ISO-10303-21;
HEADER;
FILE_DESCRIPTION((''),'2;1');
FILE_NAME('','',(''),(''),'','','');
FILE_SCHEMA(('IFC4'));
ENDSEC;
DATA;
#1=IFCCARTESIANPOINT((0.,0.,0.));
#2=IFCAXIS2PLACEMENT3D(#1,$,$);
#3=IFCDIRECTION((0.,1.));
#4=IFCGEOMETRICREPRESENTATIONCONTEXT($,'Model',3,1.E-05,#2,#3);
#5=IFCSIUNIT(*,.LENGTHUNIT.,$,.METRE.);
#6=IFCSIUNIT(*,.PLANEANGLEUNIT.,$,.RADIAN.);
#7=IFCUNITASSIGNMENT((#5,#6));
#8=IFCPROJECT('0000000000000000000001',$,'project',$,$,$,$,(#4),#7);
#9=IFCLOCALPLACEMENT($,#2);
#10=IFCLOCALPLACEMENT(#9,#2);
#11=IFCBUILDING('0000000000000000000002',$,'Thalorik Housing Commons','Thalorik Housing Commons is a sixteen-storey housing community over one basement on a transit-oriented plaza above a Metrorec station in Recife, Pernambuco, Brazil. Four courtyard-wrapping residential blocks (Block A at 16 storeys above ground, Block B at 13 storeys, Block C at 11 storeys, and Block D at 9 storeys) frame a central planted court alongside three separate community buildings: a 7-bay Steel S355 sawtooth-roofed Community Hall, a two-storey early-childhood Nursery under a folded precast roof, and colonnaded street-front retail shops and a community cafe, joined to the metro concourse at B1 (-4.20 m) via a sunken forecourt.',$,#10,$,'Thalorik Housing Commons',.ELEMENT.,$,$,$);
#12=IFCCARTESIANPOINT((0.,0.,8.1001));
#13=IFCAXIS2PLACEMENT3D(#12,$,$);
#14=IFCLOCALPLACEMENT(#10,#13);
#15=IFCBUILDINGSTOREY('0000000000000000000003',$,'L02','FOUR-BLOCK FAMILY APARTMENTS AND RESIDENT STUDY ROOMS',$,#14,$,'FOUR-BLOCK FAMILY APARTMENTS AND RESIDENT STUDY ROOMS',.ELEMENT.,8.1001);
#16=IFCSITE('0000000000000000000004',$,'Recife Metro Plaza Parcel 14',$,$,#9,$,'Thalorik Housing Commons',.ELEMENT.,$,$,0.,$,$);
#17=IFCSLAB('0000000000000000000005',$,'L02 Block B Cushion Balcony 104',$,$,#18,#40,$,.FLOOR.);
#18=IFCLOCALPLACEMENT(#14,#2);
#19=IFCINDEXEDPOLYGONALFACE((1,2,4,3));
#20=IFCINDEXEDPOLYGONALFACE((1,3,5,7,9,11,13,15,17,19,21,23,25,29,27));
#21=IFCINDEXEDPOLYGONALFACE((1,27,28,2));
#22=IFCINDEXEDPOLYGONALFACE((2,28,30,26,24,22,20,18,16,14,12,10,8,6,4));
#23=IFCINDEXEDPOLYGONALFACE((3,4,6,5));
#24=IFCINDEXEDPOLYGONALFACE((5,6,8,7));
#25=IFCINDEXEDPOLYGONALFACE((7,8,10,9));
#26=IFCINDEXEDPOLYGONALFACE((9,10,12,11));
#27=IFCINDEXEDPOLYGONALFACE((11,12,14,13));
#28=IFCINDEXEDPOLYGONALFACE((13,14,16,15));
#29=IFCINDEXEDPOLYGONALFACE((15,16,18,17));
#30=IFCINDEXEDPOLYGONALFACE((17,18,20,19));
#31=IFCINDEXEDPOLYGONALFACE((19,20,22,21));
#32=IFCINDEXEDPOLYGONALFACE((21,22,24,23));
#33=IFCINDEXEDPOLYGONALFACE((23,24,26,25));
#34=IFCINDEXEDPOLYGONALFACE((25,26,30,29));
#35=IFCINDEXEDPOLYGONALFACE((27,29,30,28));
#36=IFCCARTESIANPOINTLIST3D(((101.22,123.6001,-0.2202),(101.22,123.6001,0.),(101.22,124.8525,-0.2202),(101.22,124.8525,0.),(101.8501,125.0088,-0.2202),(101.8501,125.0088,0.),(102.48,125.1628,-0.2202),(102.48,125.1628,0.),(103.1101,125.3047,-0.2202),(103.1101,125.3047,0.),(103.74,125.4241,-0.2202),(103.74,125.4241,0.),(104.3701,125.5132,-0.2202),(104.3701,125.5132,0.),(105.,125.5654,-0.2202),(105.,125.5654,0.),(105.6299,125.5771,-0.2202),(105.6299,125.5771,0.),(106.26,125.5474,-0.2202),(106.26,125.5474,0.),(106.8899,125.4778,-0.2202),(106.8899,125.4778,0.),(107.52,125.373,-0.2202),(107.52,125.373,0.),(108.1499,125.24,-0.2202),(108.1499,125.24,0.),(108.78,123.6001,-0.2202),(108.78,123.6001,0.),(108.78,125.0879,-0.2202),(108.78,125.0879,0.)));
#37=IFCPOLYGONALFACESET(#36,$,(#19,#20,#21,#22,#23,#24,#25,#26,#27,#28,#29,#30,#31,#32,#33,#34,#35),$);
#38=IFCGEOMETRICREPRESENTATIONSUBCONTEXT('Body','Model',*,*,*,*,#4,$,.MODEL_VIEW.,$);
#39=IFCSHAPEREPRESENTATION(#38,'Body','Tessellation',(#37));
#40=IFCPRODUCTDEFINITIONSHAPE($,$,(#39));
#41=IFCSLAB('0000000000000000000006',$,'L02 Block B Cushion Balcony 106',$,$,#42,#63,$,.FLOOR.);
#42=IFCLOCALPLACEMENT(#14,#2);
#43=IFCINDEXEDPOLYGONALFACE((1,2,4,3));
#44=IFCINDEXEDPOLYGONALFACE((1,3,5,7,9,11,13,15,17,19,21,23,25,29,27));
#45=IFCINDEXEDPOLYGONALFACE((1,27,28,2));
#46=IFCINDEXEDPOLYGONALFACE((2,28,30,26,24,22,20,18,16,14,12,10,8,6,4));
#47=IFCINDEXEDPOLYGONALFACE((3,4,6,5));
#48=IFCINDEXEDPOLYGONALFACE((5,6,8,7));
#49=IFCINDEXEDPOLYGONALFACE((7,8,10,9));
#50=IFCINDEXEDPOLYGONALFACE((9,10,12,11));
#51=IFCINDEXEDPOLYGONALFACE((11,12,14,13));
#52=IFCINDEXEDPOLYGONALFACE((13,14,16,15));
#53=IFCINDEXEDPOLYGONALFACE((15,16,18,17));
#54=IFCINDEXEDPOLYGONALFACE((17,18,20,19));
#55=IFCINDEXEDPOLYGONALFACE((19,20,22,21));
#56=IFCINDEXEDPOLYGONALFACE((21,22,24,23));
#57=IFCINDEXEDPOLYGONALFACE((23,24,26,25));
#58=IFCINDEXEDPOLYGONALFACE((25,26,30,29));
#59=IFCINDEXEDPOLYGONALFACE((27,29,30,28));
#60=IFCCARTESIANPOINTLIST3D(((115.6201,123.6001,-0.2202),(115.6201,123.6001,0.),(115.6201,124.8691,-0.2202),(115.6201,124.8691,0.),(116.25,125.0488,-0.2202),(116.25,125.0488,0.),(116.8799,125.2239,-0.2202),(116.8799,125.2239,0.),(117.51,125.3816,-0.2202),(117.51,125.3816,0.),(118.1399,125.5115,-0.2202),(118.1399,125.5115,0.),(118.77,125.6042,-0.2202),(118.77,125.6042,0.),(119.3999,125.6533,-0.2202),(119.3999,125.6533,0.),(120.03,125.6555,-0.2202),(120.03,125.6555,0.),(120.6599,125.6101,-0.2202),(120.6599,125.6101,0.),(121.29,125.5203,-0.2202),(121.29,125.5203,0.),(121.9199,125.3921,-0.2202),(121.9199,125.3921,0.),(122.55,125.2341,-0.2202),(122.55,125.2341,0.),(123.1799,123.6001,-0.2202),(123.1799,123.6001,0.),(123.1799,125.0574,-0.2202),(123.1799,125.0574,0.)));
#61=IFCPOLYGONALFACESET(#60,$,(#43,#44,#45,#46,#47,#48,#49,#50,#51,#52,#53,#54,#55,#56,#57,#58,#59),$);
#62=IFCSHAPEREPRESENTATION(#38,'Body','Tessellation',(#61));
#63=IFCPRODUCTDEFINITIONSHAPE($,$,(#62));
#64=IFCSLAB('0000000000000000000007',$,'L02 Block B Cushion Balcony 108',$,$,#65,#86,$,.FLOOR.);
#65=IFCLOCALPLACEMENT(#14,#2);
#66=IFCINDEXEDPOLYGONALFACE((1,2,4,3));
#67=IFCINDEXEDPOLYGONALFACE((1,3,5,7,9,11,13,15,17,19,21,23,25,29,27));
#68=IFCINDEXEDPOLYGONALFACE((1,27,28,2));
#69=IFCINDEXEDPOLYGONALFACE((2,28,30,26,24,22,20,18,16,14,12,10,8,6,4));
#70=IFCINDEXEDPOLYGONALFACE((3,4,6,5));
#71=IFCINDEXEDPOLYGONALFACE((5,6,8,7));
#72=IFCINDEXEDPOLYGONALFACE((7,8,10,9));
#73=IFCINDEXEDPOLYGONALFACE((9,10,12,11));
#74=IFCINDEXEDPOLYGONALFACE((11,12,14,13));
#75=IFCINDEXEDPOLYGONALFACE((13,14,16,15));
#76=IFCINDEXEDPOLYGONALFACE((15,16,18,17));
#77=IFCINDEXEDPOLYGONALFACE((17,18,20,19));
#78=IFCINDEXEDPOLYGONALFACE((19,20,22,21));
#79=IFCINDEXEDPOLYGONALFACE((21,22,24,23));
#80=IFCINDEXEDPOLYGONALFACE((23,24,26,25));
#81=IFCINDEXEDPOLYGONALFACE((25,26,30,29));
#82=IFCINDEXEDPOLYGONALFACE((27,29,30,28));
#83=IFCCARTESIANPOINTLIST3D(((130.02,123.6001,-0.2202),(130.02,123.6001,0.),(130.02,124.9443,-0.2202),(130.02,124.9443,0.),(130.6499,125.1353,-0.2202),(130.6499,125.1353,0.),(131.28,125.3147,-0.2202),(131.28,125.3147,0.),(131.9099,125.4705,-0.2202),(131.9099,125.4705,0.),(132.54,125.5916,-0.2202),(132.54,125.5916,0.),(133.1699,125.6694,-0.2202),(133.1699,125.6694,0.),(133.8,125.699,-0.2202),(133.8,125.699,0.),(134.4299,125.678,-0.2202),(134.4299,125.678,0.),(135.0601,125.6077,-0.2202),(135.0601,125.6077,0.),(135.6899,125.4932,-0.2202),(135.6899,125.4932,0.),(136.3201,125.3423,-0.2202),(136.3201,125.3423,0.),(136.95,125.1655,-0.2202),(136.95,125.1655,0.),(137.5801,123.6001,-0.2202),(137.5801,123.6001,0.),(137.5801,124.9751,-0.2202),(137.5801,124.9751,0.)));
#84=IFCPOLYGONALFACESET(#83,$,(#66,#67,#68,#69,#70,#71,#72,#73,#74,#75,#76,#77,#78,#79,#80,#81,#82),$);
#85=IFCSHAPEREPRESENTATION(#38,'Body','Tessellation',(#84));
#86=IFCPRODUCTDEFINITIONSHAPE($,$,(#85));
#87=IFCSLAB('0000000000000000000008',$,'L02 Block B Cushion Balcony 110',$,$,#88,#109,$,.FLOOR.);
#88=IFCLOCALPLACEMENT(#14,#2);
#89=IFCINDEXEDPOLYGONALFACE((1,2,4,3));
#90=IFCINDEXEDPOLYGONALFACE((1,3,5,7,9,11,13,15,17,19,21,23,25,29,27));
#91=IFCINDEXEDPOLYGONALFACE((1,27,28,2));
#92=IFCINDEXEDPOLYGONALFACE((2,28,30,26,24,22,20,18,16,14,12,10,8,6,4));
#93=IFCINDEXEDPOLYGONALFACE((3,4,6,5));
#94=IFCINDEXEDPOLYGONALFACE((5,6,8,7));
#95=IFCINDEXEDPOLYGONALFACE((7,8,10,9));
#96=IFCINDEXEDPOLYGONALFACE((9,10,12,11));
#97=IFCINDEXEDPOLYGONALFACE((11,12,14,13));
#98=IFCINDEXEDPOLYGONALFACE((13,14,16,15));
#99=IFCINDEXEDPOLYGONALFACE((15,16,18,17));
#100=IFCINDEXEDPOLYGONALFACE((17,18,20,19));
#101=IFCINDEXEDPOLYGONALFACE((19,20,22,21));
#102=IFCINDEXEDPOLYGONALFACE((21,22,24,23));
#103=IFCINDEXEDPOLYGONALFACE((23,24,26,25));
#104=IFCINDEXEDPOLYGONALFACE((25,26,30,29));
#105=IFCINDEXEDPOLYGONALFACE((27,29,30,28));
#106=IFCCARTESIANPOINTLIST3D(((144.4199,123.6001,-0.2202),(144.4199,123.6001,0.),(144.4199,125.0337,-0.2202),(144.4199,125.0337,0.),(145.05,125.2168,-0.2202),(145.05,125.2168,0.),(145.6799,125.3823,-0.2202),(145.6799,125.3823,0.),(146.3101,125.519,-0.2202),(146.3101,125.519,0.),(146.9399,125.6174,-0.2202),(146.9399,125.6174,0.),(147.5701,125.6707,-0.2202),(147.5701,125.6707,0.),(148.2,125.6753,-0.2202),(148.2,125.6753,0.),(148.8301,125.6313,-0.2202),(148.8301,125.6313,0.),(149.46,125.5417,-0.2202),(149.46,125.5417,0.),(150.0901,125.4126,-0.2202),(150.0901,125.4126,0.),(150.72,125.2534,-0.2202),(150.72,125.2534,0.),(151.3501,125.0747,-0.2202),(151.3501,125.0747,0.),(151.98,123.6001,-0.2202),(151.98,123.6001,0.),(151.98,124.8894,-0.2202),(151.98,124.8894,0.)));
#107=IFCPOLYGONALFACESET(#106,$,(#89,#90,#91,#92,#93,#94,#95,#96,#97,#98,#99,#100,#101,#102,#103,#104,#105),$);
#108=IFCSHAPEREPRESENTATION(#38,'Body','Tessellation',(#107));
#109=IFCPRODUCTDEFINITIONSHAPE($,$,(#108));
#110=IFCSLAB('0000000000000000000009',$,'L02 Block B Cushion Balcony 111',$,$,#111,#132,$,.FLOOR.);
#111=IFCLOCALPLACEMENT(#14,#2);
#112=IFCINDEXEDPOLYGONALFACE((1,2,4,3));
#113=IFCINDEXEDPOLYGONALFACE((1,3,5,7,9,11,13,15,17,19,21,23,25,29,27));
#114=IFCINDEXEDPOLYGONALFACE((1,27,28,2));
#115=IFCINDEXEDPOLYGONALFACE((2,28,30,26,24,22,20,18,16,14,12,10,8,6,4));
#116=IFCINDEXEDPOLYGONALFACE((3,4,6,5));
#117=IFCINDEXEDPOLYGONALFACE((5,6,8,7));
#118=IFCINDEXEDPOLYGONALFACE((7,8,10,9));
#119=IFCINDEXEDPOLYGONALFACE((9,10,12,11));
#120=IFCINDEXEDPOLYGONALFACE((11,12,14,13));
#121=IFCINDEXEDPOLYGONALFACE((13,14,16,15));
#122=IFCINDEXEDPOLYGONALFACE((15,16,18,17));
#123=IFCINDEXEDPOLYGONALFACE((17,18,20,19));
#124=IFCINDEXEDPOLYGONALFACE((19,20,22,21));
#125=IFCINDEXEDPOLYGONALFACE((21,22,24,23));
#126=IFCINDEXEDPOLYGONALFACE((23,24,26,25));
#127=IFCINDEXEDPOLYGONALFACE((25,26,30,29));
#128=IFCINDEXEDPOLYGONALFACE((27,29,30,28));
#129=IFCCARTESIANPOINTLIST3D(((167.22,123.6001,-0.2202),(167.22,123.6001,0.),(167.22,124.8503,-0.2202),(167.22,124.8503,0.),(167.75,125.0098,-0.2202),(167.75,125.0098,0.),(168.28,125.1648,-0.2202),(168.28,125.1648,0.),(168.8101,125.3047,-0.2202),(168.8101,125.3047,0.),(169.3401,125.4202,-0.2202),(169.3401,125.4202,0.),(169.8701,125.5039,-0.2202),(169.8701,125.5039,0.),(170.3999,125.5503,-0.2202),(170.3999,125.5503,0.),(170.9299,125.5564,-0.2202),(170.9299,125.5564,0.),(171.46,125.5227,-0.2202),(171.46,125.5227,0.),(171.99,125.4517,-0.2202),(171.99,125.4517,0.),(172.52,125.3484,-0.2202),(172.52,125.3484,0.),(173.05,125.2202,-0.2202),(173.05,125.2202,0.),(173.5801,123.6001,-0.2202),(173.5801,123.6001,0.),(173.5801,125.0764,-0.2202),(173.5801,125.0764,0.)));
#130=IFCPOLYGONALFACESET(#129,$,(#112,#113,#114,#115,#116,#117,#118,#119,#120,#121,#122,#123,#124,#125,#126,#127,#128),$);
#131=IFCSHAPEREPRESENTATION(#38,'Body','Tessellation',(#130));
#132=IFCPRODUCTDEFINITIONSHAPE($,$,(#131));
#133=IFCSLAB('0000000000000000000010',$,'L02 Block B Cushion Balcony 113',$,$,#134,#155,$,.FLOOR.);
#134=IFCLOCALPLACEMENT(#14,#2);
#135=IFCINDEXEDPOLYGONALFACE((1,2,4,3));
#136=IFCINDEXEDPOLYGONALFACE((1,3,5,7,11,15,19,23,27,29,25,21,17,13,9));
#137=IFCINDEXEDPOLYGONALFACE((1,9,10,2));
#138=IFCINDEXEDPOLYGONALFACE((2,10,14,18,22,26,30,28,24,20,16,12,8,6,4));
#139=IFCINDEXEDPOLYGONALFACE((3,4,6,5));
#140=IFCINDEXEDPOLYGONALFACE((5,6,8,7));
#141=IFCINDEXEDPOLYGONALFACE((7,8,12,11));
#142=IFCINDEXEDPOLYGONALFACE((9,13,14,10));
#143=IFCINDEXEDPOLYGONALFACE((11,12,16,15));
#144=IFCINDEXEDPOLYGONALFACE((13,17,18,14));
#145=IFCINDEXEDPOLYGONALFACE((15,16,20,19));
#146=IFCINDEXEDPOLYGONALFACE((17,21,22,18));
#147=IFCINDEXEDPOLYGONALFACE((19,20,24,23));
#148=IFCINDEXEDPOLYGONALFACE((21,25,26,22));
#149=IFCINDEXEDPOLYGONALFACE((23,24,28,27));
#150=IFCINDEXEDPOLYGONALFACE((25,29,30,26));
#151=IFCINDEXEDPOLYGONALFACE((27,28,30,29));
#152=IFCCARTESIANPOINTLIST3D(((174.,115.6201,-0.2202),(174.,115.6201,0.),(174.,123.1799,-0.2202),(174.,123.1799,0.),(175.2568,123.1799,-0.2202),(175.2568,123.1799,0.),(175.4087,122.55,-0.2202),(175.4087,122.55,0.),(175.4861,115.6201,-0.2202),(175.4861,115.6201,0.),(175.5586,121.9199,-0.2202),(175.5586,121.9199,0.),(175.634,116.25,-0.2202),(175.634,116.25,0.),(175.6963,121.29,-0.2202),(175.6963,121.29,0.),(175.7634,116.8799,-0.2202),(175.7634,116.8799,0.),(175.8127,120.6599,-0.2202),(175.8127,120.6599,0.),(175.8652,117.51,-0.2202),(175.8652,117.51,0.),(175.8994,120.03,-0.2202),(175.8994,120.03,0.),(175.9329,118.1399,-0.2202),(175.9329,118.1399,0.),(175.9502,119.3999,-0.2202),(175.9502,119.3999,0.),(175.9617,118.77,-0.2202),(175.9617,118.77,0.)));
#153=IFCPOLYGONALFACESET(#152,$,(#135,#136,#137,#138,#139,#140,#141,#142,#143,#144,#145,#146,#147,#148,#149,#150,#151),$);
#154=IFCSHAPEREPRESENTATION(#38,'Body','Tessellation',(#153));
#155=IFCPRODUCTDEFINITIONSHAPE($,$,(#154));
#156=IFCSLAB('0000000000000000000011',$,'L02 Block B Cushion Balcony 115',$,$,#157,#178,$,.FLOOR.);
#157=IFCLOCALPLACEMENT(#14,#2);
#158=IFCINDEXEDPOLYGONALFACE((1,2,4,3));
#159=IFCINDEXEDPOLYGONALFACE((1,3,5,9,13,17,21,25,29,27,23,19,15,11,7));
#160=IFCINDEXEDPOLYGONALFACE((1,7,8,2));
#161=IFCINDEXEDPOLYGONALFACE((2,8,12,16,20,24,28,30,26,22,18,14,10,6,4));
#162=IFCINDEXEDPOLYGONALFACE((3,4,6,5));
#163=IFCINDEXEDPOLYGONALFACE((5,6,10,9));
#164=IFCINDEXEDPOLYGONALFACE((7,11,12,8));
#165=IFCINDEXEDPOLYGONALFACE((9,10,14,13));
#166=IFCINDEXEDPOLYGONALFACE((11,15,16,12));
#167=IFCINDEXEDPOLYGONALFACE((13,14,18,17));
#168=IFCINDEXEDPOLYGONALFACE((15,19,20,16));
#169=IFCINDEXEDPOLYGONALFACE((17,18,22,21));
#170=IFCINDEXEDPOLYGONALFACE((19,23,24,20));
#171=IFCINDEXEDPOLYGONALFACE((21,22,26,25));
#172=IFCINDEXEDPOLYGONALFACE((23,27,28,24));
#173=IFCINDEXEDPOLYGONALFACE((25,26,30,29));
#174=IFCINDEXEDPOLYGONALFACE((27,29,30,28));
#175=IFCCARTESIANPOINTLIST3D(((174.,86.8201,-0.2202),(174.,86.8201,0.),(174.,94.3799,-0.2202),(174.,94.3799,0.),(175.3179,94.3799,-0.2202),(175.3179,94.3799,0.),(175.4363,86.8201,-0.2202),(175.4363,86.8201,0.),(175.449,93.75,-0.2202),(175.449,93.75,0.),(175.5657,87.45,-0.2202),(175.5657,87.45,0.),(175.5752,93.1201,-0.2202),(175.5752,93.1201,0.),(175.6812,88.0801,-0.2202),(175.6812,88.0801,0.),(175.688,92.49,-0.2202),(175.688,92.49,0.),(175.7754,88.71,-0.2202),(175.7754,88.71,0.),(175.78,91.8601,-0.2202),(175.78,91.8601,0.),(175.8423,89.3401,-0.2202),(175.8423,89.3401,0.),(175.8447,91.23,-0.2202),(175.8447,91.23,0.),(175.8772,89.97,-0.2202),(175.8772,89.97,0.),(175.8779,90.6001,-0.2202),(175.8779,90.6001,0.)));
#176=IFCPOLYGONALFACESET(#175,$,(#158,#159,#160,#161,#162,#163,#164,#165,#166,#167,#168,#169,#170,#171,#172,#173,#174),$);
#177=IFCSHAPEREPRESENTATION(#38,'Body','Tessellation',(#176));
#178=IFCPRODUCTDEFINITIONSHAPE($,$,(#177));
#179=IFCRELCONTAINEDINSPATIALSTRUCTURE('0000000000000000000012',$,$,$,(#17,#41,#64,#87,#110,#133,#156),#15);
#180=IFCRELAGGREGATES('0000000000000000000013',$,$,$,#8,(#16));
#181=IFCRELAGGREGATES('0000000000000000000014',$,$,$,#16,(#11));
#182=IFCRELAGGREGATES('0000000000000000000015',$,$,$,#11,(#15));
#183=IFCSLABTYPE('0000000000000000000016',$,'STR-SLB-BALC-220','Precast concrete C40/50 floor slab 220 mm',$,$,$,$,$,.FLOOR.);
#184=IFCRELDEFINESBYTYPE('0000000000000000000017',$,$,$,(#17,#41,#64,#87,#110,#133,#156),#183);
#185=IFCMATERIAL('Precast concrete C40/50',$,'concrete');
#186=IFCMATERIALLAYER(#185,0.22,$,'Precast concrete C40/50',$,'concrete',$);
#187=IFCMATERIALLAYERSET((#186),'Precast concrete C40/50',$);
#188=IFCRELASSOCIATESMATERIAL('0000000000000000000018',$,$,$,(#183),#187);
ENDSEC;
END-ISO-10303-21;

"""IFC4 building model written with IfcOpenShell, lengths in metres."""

from ifc_helpers import new_model, si_unit, direction, frame, origin, place, context, subcontext, project, spatial, polyline, outline, extrude, material, layer, layer_set, type_object, element, save


model = new_model("IFC4")

# Units and contexts
model_context = context("Model", 3, precision=1e-05, world=origin(), true_north=direction((0.0, 1.0)))
body_context = subcontext(model_context, "Body", "Model", "MODEL_VIEW")
ifc_project = project(units=[si_unit("LENGTHUNIT", "METRE"), si_unit("PLANEANGLEUNIT", "RADIAN")], contexts=[model_context])

# Site, building, storey
site_placement = place(None, origin())
site = spatial("IfcSite", under=ifc_project, at=site_placement, Name="Recife Metro Plaza Parcel 14", LongName="Thalorik Housing Commons", CompositionType="ELEMENT", RefElevation=0.0)
building_placement = place(site_placement, origin())
building = spatial("IfcBuilding", under=site, at=building_placement, Name="Thalorik Housing Commons", Description="Thalorik Housing Commons is a sixteen-storey housing community over one basement on a transit-oriented plaza above a Metrorec station in Recife, Pernambuco, Brazil. Four courtyard-wrapping residential blocks (Block A at 16 storeys above ground, Block B at 13 storeys, Block C at 11 storeys, and Block D at 9 storeys) frame a central planted court alongside three separate community buildings: a 7-bay Steel S355 sawtooth-roofed Community Hall, a two-storey early-childhood Nursery under a folded precast roof, and colonnaded street-front retail shops and a community cafe, joined to the metro concourse at B1 (-4.20 m) via a sunken forecourt.", LongName="Thalorik Housing Commons", CompositionType="ELEMENT")
storey_placement = place(building_placement, frame((0.0, 0.0, 8.1001)))
storey = spatial("IfcBuildingStorey", under=building, at=storey_placement, Name="L02", Description="FOUR-BLOCK FAMILY APARTMENTS AND RESIDENT STUDY ROOMS", LongName="FOUR-BLOCK FAMILY APARTMENTS AND RESIDENT STUDY ROOMS", CompositionType="ELEMENT", Elevation=8.1001)

# Slabs
ifc_material_1 = material(Name="Precast concrete C40/50", Category="concrete")
ifc_layer_1 = layer(ifc_material_1, 0.22, Name="Precast concrete C40/50", Category="concrete")
ifc_layer_set_1 = layer_set([ifc_layer_1], Name="Precast concrete C40/50")
slab_type_1 = type_object("IfcSlabType", Name="STR-SLB-BALC-220", Description="Precast concrete C40/50 floor slab 220 mm", PredefinedType="FLOOR", material=ifc_layer_set_1)
slab_1_placement = place(storey_placement, frame((0.0, 0.0, -0.2202)))
element("IfcSlab", 1, at=slab_1_placement, inside=storey, type_object=slab_type_1, Name="L02 Block B Cushion Balcony 104", PredefinedType="FLOOR", context=body_context, shape_type="SweptSolid", body=[
    extrude(outline(polyline([(101.22, 123.6001), (108.78, 123.6001), (108.78, 125.0879), (108.1499, 125.24), (107.52, 125.373), (106.8899, 125.4778), (106.26, 125.5474), (105.6299, 125.5771), (105.0, 125.5654), (104.3701, 125.5132), (103.74, 125.4241), (103.1101, 125.3047), (102.48, 125.1628), (101.8501, 125.0088), (101.22, 124.8525), (101.22, 123.6001)])), origin(), (0.0, 0.0, 1.0), 0.2202),
])
slab_2_placement = place(storey_placement, frame((0.0, 0.0, -0.2202)))
element("IfcSlab", 2, at=slab_2_placement, inside=storey, type_object=slab_type_1, Name="L02 Block B Cushion Balcony 106", PredefinedType="FLOOR", context=body_context, shape_type="SweptSolid", body=[
    extrude(outline(polyline([(115.6201, 123.6001), (123.1799, 123.6001), (123.1799, 125.0574), (122.55, 125.2341), (121.9199, 125.3921), (121.29, 125.5203), (120.6599, 125.6101), (120.03, 125.6555), (119.3999, 125.6533), (118.77, 125.6042), (118.1399, 125.5115), (117.51, 125.3816), (116.8799, 125.2239), (116.25, 125.0488), (115.6201, 124.8691), (115.6201, 123.6001)])), origin(), (0.0, 0.0, 1.0), 0.2202),
])
slab_3_placement = place(storey_placement, frame((0.0, 0.0, -0.2202)))
element("IfcSlab", 3, at=slab_3_placement, inside=storey, type_object=slab_type_1, Name="L02 Block B Cushion Balcony 108", PredefinedType="FLOOR", context=body_context, shape_type="SweptSolid", body=[
    extrude(outline(polyline([(130.02, 123.6001), (137.5801, 123.6001), (137.5801, 124.9751), (136.95, 125.1655), (136.3201, 125.3423), (135.6899, 125.4932), (135.0601, 125.6077), (134.4299, 125.678), (133.8, 125.699), (133.1699, 125.6694), (132.54, 125.5916), (131.9099, 125.4705), (131.28, 125.3147), (130.6499, 125.1353), (130.02, 124.9443), (130.02, 123.6001)])), origin(), (0.0, 0.0, 1.0), 0.2202),
])
slab_4_placement = place(storey_placement, frame((0.0, 0.0, -0.2202)))
element("IfcSlab", 4, at=slab_4_placement, inside=storey, type_object=slab_type_1, Name="L02 Block B Cushion Balcony 110", PredefinedType="FLOOR", context=body_context, shape_type="SweptSolid", body=[
    extrude(outline(polyline([(144.4199, 123.6001), (151.98, 123.6001), (151.98, 124.8894), (151.3501, 125.0747), (150.72, 125.2534), (150.0901, 125.4126), (149.46, 125.5417), (148.8301, 125.6313), (148.2, 125.6753), (147.5701, 125.6707), (146.9399, 125.6174), (146.3101, 125.519), (145.6799, 125.3823), (145.05, 125.2168), (144.4199, 125.0337), (144.4199, 123.6001)])), origin(), (0.0, 0.0, 1.0), 0.2202),
])
slab_5_placement = place(storey_placement, frame((0.0, 0.0, -0.2202)))
element("IfcSlab", 5, at=slab_5_placement, inside=storey, type_object=slab_type_1, Name="L02 Block B Cushion Balcony 111", PredefinedType="FLOOR", context=body_context, shape_type="SweptSolid", body=[
    extrude(outline(polyline([(167.22, 123.6001), (173.5801, 123.6001), (173.5801, 125.0764), (173.05, 125.2202), (172.52, 125.3484), (171.99, 125.4517), (171.46, 125.5227), (170.9299, 125.5564), (170.3999, 125.5503), (169.8701, 125.5039), (169.3401, 125.4202), (168.8101, 125.3047), (168.28, 125.1648), (167.75, 125.0098), (167.22, 124.8503), (167.22, 123.6001)])), origin(), (0.0, 0.0, 1.0), 0.2202),
])
slab_6_placement = place(storey_placement, frame((0.0, 0.0, -0.2202)))
element("IfcSlab", 6, at=slab_6_placement, inside=storey, type_object=slab_type_1, Name="L02 Block B Cushion Balcony 113", PredefinedType="FLOOR", context=body_context, shape_type="SweptSolid", body=[
    extrude(outline(polyline([(175.4861, 115.6201), (175.634, 116.25), (175.7634, 116.8799), (175.8652, 117.51), (175.9329, 118.1399), (175.9617, 118.77), (175.9502, 119.3999), (175.8994, 120.03), (175.8127, 120.6599), (175.6963, 121.29), (175.5586, 121.9199), (175.4087, 122.55), (175.2568, 123.1799), (174.0, 123.1799), (174.0, 115.6201), (175.4861, 115.6201)])), origin(), (0.0, 0.0, 1.0), 0.2202),
])
slab_7_placement = place(storey_placement, frame((0.0, 0.0, -0.2202)))
element("IfcSlab", 7, at=slab_7_placement, inside=storey, type_object=slab_type_1, Name="L02 Block B Cushion Balcony 115", PredefinedType="FLOOR", context=body_context, shape_type="SweptSolid", body=[
    extrude(outline(polyline([(175.4363, 86.8201), (175.5657, 87.45), (175.6812, 88.0801), (175.7754, 88.71), (175.8423, 89.3401), (175.8772, 89.97), (175.8779, 90.6001), (175.8447, 91.23), (175.78, 91.8601), (175.688, 92.49), (175.5752, 93.1201), (175.449, 93.75), (175.3179, 94.3799), (174.0, 94.3799), (174.0, 86.8201), (175.4363, 86.8201)])), origin(), (0.0, 0.0, 1.0), 0.2202),
])

save(model, "model.ifc")
